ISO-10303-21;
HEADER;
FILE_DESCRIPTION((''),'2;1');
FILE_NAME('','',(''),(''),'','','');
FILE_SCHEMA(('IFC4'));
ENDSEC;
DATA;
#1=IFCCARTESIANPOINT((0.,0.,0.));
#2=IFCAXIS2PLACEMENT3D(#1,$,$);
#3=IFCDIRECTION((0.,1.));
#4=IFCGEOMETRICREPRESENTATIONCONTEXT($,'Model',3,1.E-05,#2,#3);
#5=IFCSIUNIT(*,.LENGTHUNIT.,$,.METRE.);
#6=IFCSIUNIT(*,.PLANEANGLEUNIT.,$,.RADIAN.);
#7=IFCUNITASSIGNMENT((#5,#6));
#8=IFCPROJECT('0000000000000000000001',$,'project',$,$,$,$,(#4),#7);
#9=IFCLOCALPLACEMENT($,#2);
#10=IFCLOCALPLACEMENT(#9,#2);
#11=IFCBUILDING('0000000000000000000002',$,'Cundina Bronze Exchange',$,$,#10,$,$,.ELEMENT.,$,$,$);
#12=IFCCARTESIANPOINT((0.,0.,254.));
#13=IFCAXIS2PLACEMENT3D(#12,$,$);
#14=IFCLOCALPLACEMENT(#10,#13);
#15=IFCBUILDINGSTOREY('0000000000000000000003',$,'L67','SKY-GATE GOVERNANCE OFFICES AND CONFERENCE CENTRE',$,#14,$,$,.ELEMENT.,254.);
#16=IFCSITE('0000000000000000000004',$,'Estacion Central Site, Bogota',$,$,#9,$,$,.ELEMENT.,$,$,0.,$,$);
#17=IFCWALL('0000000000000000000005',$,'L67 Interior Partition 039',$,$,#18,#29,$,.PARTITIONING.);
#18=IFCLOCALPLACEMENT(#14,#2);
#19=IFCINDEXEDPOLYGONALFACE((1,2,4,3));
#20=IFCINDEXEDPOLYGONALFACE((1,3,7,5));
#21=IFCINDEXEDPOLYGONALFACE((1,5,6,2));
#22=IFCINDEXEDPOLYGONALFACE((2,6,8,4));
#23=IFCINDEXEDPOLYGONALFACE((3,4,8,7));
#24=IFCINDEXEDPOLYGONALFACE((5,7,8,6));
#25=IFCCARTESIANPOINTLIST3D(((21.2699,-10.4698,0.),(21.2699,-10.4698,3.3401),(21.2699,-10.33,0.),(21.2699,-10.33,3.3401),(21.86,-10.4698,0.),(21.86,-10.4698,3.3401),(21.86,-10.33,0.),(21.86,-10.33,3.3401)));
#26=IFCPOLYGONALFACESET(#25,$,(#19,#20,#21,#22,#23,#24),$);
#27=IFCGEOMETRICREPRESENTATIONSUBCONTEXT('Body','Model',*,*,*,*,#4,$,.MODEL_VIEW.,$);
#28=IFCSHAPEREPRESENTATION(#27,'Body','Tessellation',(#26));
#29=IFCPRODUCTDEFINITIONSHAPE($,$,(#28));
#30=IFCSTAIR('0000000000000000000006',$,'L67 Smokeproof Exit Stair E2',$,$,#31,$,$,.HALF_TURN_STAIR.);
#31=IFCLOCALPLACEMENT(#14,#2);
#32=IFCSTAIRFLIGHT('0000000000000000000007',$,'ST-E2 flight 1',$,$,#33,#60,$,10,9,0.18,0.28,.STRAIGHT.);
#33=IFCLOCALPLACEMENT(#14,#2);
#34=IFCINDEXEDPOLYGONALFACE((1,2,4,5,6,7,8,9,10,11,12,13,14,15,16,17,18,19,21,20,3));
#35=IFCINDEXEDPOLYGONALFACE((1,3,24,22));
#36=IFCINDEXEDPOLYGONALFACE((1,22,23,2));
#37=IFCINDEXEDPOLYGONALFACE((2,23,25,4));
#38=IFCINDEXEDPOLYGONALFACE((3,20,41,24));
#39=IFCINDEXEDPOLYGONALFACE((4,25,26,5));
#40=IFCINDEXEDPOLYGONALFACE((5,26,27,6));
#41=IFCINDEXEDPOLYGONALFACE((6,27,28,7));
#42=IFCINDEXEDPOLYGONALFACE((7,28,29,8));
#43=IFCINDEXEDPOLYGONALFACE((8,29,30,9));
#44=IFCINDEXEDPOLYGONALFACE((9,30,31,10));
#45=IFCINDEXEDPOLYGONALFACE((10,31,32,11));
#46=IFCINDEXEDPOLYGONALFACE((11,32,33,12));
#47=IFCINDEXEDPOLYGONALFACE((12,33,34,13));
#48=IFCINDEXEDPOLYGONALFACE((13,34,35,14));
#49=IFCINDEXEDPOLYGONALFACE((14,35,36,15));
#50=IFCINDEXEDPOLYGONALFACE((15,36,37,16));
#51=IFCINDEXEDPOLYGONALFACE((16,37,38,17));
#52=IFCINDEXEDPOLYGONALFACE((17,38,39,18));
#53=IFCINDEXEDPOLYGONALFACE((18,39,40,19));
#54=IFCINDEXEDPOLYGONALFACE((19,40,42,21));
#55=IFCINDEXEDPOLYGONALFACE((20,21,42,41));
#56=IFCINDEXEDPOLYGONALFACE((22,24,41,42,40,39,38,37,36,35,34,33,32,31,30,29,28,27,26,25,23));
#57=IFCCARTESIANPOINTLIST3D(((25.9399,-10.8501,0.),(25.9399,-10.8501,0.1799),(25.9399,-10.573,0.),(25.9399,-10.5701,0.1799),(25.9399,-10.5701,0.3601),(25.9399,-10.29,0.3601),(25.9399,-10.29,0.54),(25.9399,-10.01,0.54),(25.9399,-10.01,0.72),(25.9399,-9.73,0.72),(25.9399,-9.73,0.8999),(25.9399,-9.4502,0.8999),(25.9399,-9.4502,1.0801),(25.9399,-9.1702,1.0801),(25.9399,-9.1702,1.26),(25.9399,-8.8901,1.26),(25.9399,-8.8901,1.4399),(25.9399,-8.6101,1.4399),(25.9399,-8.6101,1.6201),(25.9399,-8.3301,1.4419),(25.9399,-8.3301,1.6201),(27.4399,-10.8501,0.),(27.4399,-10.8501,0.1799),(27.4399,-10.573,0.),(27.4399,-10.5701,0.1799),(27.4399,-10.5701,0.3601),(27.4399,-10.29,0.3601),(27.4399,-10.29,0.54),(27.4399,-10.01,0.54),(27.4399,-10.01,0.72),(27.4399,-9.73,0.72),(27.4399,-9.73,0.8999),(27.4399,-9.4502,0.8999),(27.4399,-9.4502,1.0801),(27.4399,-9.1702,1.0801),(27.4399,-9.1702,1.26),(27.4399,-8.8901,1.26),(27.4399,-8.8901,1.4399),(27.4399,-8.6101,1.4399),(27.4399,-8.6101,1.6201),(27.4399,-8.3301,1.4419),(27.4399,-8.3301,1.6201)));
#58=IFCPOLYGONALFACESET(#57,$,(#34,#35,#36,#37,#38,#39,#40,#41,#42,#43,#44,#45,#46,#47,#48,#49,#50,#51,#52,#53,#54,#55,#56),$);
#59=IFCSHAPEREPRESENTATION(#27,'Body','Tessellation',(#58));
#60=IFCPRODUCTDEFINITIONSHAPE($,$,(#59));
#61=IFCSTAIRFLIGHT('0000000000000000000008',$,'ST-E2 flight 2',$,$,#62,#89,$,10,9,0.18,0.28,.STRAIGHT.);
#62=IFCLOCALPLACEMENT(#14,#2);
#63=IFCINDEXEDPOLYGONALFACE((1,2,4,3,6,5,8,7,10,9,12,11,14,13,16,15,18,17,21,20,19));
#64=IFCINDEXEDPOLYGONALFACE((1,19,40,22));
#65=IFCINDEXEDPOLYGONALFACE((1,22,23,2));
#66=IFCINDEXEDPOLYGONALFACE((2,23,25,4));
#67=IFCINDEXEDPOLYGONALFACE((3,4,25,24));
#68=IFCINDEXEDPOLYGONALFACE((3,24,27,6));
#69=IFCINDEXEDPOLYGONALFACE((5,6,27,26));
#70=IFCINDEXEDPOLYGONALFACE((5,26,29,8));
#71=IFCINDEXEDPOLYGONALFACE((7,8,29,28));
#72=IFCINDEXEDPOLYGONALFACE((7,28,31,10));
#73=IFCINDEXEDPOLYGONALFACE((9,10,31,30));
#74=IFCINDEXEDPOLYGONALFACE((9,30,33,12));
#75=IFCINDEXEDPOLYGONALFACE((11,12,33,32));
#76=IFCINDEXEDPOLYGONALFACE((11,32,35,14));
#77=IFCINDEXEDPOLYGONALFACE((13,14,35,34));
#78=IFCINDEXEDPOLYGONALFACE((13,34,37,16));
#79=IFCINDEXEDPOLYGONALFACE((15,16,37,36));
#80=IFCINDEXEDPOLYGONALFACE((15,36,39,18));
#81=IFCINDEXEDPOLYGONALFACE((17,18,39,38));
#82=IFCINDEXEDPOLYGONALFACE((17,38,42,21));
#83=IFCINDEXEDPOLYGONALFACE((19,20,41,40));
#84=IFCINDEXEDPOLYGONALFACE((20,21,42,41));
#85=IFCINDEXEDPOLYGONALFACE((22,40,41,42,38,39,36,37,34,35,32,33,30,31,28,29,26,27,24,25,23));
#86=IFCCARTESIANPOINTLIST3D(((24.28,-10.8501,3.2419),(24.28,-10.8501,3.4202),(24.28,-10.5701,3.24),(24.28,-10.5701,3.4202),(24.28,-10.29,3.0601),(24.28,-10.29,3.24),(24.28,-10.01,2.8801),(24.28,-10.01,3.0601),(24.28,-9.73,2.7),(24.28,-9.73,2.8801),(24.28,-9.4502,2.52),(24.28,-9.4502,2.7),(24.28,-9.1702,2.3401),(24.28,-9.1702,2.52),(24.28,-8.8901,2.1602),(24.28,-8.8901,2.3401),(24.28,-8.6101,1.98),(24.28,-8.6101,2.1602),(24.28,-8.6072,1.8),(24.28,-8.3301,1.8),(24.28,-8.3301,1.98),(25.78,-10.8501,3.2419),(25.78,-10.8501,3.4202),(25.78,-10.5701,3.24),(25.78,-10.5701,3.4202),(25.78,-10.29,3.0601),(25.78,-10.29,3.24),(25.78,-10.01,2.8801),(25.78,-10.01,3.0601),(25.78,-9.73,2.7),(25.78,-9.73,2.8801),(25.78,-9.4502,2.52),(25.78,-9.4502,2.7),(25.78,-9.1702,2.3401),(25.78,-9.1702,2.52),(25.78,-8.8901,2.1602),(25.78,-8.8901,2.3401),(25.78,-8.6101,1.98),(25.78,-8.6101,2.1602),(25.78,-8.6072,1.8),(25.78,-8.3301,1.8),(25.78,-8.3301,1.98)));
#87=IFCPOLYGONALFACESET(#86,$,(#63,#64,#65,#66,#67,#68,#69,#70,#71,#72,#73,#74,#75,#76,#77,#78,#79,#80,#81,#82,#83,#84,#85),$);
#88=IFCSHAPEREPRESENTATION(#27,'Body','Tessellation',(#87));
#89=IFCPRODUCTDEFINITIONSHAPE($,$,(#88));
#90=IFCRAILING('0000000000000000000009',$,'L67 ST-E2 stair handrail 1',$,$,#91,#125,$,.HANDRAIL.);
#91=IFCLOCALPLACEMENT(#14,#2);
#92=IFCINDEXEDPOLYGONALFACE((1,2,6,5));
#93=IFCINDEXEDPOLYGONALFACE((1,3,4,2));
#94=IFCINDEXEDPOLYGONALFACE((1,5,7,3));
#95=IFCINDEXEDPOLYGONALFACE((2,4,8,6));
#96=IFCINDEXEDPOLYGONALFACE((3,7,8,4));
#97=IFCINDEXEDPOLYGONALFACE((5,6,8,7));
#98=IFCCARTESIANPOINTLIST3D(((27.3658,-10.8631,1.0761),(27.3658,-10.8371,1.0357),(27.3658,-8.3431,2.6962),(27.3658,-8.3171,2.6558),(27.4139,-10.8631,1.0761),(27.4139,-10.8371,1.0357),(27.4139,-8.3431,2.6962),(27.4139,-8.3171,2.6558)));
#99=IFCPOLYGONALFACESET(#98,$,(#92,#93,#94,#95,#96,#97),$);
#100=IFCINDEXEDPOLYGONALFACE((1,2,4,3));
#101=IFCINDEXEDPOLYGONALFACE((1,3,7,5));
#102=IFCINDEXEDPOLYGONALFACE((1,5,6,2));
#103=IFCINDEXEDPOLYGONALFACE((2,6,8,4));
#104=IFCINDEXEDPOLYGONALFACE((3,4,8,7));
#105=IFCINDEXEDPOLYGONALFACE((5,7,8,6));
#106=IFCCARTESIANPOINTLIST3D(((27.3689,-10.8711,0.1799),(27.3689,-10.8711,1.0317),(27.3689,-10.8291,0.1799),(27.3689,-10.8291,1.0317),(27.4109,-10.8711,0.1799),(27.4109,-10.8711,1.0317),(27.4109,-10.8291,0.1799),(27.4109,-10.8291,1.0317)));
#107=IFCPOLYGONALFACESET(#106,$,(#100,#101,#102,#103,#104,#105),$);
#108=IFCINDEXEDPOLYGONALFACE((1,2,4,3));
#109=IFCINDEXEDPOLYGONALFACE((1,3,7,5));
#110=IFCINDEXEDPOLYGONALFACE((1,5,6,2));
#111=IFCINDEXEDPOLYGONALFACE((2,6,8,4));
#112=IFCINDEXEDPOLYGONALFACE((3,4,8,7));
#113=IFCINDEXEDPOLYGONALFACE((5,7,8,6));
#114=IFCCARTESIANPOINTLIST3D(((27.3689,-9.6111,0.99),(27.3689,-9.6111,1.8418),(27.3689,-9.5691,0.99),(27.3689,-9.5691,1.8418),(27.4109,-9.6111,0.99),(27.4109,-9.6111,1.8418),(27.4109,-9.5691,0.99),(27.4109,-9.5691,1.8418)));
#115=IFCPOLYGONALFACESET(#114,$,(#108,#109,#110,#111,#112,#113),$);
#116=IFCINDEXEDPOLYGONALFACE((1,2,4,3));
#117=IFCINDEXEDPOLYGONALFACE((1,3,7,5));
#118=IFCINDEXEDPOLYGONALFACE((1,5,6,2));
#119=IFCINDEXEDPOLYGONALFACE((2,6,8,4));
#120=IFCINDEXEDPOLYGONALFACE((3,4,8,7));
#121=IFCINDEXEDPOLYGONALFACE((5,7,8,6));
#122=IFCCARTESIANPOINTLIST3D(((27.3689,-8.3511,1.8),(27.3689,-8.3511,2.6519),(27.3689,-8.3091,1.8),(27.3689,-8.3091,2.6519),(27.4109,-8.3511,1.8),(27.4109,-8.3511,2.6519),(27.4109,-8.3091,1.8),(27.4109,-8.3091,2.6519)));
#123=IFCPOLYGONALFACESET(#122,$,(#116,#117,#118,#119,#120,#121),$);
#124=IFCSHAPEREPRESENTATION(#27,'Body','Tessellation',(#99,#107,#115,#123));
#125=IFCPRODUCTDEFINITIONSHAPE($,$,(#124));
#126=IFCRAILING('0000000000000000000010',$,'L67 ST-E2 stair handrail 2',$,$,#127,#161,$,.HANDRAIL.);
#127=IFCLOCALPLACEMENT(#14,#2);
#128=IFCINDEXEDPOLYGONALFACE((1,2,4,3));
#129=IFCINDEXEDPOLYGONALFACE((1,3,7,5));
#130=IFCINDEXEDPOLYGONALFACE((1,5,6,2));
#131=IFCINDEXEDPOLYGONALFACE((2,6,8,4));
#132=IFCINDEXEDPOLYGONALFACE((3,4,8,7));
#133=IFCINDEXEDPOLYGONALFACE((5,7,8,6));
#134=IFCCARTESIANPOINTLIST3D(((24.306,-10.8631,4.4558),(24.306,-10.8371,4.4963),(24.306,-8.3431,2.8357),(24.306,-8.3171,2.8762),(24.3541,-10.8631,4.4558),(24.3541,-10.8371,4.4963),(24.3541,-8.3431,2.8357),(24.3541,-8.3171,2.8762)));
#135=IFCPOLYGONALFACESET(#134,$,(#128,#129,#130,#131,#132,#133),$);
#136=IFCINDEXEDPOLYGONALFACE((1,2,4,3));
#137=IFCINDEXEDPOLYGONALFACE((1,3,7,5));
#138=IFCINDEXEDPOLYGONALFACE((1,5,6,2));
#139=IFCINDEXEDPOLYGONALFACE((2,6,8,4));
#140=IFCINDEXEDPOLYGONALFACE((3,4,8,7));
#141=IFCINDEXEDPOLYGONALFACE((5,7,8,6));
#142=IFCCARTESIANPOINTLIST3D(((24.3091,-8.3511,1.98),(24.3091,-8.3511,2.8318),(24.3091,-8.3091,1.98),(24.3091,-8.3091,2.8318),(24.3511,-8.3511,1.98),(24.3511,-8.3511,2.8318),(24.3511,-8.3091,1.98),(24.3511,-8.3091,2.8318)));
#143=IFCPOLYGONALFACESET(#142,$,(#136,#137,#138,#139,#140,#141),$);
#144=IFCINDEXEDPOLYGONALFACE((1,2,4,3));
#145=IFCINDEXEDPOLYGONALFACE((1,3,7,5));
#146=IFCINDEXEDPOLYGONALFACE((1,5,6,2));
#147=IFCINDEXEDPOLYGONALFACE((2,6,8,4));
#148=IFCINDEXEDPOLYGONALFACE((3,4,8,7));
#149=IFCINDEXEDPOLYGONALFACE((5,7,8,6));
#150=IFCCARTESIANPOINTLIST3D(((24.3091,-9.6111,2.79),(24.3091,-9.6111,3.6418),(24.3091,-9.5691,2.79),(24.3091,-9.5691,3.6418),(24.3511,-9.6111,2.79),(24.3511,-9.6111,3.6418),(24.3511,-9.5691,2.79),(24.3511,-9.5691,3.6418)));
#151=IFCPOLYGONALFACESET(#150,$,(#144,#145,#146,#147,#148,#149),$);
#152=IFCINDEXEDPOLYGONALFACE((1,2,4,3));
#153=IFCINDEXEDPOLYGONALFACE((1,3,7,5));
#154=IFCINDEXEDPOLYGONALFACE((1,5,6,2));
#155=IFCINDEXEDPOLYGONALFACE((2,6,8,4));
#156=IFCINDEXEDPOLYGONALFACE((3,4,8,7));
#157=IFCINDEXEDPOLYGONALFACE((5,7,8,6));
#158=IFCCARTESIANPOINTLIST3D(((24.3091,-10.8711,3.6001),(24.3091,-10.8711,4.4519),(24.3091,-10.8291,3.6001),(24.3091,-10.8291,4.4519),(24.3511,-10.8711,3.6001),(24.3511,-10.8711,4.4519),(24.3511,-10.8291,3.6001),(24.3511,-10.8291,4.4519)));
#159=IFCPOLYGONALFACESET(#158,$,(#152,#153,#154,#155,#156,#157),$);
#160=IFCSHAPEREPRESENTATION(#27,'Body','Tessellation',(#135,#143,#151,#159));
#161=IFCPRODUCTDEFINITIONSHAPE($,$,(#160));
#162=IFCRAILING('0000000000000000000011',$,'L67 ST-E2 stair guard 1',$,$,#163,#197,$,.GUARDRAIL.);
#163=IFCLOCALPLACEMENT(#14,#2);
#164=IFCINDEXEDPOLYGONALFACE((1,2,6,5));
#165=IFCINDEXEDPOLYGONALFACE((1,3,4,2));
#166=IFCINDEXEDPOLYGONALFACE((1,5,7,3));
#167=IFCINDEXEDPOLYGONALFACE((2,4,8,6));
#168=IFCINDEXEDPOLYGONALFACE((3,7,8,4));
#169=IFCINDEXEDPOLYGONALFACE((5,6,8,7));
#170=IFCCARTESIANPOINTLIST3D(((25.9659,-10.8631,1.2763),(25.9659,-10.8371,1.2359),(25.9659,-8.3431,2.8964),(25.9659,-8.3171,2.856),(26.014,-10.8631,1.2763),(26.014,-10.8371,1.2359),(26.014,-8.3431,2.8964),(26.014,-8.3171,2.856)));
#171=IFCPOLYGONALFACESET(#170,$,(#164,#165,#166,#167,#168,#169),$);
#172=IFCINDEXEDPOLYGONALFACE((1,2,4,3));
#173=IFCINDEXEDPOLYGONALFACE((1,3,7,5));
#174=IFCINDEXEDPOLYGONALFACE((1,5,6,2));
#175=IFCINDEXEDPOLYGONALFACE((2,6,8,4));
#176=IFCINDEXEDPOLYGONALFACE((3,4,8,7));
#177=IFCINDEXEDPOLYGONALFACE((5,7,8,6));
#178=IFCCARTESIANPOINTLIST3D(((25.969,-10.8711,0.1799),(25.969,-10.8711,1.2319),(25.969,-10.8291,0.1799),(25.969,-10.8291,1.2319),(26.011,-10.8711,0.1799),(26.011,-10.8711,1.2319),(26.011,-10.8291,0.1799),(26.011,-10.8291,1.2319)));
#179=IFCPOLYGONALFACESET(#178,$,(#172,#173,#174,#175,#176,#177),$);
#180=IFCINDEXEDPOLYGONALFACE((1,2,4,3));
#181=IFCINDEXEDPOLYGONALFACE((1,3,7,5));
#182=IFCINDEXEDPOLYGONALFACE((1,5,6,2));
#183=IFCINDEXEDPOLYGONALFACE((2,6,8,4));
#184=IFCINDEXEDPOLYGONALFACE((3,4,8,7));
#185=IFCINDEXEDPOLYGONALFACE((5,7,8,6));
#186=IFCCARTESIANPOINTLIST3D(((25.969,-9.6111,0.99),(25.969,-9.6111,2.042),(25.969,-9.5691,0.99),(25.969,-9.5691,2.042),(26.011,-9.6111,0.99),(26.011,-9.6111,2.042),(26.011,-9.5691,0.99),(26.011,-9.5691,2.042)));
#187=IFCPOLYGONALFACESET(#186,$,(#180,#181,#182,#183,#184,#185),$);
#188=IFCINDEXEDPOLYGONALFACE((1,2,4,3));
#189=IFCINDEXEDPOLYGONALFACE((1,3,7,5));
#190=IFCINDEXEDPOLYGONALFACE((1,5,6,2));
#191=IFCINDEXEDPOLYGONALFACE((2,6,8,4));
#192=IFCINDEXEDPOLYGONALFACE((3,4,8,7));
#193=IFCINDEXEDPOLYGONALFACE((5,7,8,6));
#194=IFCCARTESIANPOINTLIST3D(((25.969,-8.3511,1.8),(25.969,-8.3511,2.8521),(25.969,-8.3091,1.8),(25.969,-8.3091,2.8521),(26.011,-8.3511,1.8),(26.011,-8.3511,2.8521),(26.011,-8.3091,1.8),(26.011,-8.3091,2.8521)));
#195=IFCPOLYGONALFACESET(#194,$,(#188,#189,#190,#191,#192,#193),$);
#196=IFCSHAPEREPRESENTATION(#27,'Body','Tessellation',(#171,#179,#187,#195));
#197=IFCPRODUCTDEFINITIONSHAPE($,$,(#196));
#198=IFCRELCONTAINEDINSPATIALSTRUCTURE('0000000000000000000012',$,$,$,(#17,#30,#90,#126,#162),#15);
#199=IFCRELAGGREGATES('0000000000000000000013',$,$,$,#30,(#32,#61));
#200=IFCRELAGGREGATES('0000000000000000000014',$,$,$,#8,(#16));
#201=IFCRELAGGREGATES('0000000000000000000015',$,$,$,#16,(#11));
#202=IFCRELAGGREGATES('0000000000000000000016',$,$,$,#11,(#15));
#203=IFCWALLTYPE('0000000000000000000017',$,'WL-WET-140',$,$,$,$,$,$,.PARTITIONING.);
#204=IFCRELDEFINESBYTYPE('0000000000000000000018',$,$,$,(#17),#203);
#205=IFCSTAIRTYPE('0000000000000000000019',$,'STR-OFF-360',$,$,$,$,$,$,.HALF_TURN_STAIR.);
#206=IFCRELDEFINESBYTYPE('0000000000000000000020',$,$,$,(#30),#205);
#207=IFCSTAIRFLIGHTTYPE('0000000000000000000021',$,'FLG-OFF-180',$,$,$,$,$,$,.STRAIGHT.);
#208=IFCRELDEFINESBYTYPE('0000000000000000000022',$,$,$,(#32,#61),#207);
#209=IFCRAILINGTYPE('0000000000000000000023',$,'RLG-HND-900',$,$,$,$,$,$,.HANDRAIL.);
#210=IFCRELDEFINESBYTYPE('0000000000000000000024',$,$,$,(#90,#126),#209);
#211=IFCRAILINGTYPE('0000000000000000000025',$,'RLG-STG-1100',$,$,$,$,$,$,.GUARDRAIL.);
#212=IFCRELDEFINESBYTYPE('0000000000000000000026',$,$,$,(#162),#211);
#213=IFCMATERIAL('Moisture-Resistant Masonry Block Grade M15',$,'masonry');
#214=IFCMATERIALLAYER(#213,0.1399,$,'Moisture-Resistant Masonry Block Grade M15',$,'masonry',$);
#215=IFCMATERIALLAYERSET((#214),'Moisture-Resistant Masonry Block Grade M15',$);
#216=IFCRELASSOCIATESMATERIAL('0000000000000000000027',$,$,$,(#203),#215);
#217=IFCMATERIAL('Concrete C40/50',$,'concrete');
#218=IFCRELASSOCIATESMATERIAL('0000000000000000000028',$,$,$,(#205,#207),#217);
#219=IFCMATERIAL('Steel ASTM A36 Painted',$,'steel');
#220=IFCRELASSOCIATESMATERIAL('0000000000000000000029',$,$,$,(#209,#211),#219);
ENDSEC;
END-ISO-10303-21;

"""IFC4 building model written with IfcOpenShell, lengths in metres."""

from ifc_helpers import new_model, si_unit, direction, frame, frame_2d, origin, origin_2d, place, context, subcontext, project, spatial, polyline, rectangle, outline, extrude, material, layer, layer_set, type_object, element, aggregate, save


model = new_model("IFC4")

# Units and contexts
model_context = context("Model", 3, precision=1e-05, world=origin(), true_north=direction((0.0, 1.0)))
body_context = subcontext(model_context, "Body", "Model", "MODEL_VIEW")
ifc_project = project(units=[si_unit("LENGTHUNIT", "METRE"), si_unit("PLANEANGLEUNIT", "RADIAN")], contexts=[model_context])

# Site, building, storey
site_placement = place(None, origin())
site = spatial("IfcSite", under=ifc_project, at=site_placement, Name="Estacion Central Site, Bogota", CompositionType="ELEMENT", RefElevation=0.0)
building_placement = place(site_placement, origin())
building = spatial("IfcBuilding", under=site, at=building_placement, Name="Cundina Bronze Exchange", CompositionType="ELEMENT")
storey_placement = place(building_placement, frame((0.0, 0.0, 254.0)))
storey = spatial("IfcBuildingStorey", under=building, at=storey_placement, Name="L67", Description="SKY-GATE GOVERNANCE OFFICES AND CONFERENCE CENTRE", CompositionType="ELEMENT", Elevation=254.0)

# Shared definitions
ifc_material_1 = material(Name="Steel ASTM A36 Painted", Category="steel")

# Wall
ifc_material_2 = material(Name="Moisture-Resistant Masonry Block Grade M15", Category="masonry")
ifc_layer_1 = layer(ifc_material_2, 0.1399, Name="Moisture-Resistant Masonry Block Grade M15", Category="masonry")
ifc_layer_set_1 = layer_set([ifc_layer_1], Name="Moisture-Resistant Masonry Block Grade M15")
wall_type_1 = type_object("IfcWallType", Name="WL-WET-140", PredefinedType="PARTITIONING", material=ifc_layer_set_1)
wall_1_placement = place(storey_placement, frame((21.27, -10.3999, 0.0), z_axis=(0.0, 0.0, 1.0), x_axis=(1.0, 0.0, 0.0)))
element("IfcWall", 1, at=wall_1_placement, inside=storey, type_object=wall_type_1, Name="L67 Interior Partition 039", PredefinedType="PARTITIONING", context=body_context, shape_type="SweptSolid", body=[
    extrude(rectangle(XDim=0.5901, YDim=0.1399, at=frame_2d((0.2949, 0.0))), origin(), (0.0, 0.0, 1.0), 3.3401),
])

# Stair, stair flights
ifc_material_3 = material(Name="Concrete C40/50", Category="concrete")
stair_type = type_object("IfcStairType", Name="STR-OFF-360", PredefinedType="HALF_TURN_STAIR", material=ifc_material_3)
stair_placement = place(storey_placement, origin())
stair = element("IfcStair", 2, at=stair_placement, inside=storey, type_object=stair_type, Name="L67 Smokeproof Exit Stair E2", PredefinedType="HALF_TURN_STAIR")
stair_flight_type = type_object("IfcStairFlightType", Name="FLG-OFF-180", PredefinedType="STRAIGHT", material=ifc_material_3)
stair_flight_1_placement = place(storey_placement, frame((26.6899, -10.8501, 0.0), z_axis=(0.0, 0.0, 1.0), x_axis=(0.0, 1.0, 0.0)))
stair_flight_1 = element("IfcStairFlight", 3, at=stair_flight_1_placement, type_object=stair_flight_type, Name="ST-E2 flight 1", NumberOfRisers=10, NumberOfTreads=9, PredefinedType="STRAIGHT", RiserHeight=0.18, TreadLength=0.28, context=body_context, shape_type="SweptSolid", body=[
    extrude(outline(polyline([(0.0, 0.0), (0.0, 0.1799), (0.28, 0.1799), (0.28, 0.3601), (0.5601, 0.3601), (0.5601, 0.54), (0.8401, 0.54), (0.8401, 0.72), (1.1201, 0.72), (1.1201, 0.8999), (1.3999, 0.8999), (1.3999, 1.0801), (1.6799, 1.0801), (1.6799, 1.26), (1.96, 1.26), (1.96, 1.4399), (2.24, 1.4399), (2.24, 1.6201), (2.52, 1.6201), (2.52, 1.8), (2.52, 1.4419), (0.2771, 0.0), (0.0, 0.0)])), frame((0.0, 0.75, 0.0), z_axis=(0.0, -1.0, 0.0), x_axis=(1.0, 0.0, 0.0)), (0.0, 0.0, 1.0), 1.5),
])
stair_flight_2_placement = place(storey_placement, frame((25.03, -8.3301, 1.8), z_axis=(0.0, 0.0, 1.0), x_axis=(0.0, -1.0, 0.0)))
stair_flight_2 = element("IfcStairFlight", 4, at=stair_flight_2_placement, type_object=stair_flight_type, Name="ST-E2 flight 2", NumberOfRisers=10, NumberOfTreads=9, PredefinedType="STRAIGHT", RiserHeight=0.18, TreadLength=0.28, context=body_context, shape_type="SweptSolid", body=[
    extrude(outline(polyline([(0.0, 0.0), (0.0, 0.1799), (0.28, 0.1799), (0.28, 0.3601), (0.5601, 0.3601), (0.5601, 0.54), (0.8401, 0.54), (0.8401, 0.72), (1.1201, 0.72), (1.1201, 0.8999), (1.3999, 0.8999), (1.3999, 1.0801), (1.6799, 1.0801), (1.6799, 1.26), (1.96, 1.26), (1.96, 1.4399), (2.24, 1.4399), (2.24, 1.6201), (2.52, 1.6201), (2.52, 1.8), (2.52, 1.4419), (0.2771, 0.0), (0.0, 0.0)])), frame((0.0, 0.75, 0.0), z_axis=(0.0, -1.0, 0.0), x_axis=(1.0, 0.0, 0.0)), (0.0, 0.0, 1.0), 1.5),
])
aggregate(stair, [stair_flight_1, stair_flight_2])

# Railings
railing_type_1 = type_object("IfcRailingType", Name="RLG-HND-900", PredefinedType="HANDRAIL", material=ifc_material_1)
railing_1_placement = place(storey_placement, frame((27.3899, -10.8501, 0.1799)))
element("IfcRailing", 5, at=railing_1_placement, inside=storey, type_object=railing_type_1, Name="L67 ST-E2 stair handrail 1", PredefinedType="HANDRAIL", context=body_context, shape_type="SweptSolid", body=[
    extrude(rectangle(XDim=0.0481, YDim=0.0481, at=origin_2d()), frame((0.0, 0.0, 0.876), z_axis=(0.0, 0.841163, 0.540782), x_axis=(-1.0, 0.0, 0.0)), (0.0, 0.0, 1.0), 2.9958),
    extrude(rectangle(XDim=0.042, YDim=0.042, at=origin_2d()), origin(), (0.0, 0.0, 1.0), 0.8518),
    extrude(rectangle(XDim=0.042, YDim=0.042, at=origin_2d()), frame((0.0, 1.26, 0.8101)), (0.0, 0.0, 1.0), 0.8518),
    extrude(rectangle(XDim=0.042, YDim=0.042, at=origin_2d()), frame((0.0, 2.52, 1.6201)), (0.0, 0.0, 1.0), 0.8518),
])
railing_2_placement = place(storey_placement, frame((24.3301, -8.3301, 1.98)))
element("IfcRailing", 6, at=railing_2_placement, inside=storey, type_object=railing_type_1, Name="L67 ST-E2 stair handrail 2", PredefinedType="HANDRAIL", context=body_context, shape_type="SweptSolid", body=[
    extrude(rectangle(XDim=0.0481, YDim=0.0481, at=origin_2d()), frame((0.0, 0.0, 0.876), z_axis=(0.0, -0.841163, 0.540782), x_axis=(1.0, 0.0, 0.0)), (0.0, 0.0, 1.0), 2.9958),
    extrude(rectangle(XDim=0.042, YDim=0.042, at=origin_2d()), origin(), (0.0, 0.0, 1.0), 0.8518),
    extrude(rectangle(XDim=0.042, YDim=0.042, at=origin_2d()), frame((0.0, -1.26, 0.8101)), (0.0, 0.0, 1.0), 0.8518),
    extrude(rectangle(XDim=0.042, YDim=0.042, at=origin_2d()), frame((0.0, -2.52, 1.6201)), (0.0, 0.0, 1.0), 0.8518),
])
railing_type_2 = type_object("IfcRailingType", Name="RLG-STG-1100", PredefinedType="GUARDRAIL", material=ifc_material_1)
railing_3_placement = place(storey_placement, frame((25.99, -10.8501, 0.1799)))
element("IfcRailing", 7, at=railing_3_placement, inside=storey, type_object=railing_type_2, Name="L67 ST-E2 stair guard 1", PredefinedType="GUARDRAIL", context=body_context, shape_type="SweptSolid", body=[
    extrude(rectangle(XDim=0.0481, YDim=0.0481, at=origin_2d()), frame((0.0, 0.0, 1.0762), z_axis=(0.0, 0.841163, 0.540782), x_axis=(-1.0, 0.0, 0.0)), (0.0, 0.0, 1.0), 2.9958),
    extrude(rectangle(XDim=0.042, YDim=0.042, at=origin_2d()), origin(), (0.0, 0.0, 1.0), 1.052),
    extrude(rectangle(XDim=0.042, YDim=0.042, at=origin_2d()), frame((0.0, 1.26, 0.8101)), (0.0, 0.0, 1.0), 1.052),
    extrude(rectangle(XDim=0.042, YDim=0.042, at=origin_2d()), frame((0.0, 2.52, 1.6201)), (0.0, 0.0, 1.0), 1.052),
])

save(model, "model.ifc")
